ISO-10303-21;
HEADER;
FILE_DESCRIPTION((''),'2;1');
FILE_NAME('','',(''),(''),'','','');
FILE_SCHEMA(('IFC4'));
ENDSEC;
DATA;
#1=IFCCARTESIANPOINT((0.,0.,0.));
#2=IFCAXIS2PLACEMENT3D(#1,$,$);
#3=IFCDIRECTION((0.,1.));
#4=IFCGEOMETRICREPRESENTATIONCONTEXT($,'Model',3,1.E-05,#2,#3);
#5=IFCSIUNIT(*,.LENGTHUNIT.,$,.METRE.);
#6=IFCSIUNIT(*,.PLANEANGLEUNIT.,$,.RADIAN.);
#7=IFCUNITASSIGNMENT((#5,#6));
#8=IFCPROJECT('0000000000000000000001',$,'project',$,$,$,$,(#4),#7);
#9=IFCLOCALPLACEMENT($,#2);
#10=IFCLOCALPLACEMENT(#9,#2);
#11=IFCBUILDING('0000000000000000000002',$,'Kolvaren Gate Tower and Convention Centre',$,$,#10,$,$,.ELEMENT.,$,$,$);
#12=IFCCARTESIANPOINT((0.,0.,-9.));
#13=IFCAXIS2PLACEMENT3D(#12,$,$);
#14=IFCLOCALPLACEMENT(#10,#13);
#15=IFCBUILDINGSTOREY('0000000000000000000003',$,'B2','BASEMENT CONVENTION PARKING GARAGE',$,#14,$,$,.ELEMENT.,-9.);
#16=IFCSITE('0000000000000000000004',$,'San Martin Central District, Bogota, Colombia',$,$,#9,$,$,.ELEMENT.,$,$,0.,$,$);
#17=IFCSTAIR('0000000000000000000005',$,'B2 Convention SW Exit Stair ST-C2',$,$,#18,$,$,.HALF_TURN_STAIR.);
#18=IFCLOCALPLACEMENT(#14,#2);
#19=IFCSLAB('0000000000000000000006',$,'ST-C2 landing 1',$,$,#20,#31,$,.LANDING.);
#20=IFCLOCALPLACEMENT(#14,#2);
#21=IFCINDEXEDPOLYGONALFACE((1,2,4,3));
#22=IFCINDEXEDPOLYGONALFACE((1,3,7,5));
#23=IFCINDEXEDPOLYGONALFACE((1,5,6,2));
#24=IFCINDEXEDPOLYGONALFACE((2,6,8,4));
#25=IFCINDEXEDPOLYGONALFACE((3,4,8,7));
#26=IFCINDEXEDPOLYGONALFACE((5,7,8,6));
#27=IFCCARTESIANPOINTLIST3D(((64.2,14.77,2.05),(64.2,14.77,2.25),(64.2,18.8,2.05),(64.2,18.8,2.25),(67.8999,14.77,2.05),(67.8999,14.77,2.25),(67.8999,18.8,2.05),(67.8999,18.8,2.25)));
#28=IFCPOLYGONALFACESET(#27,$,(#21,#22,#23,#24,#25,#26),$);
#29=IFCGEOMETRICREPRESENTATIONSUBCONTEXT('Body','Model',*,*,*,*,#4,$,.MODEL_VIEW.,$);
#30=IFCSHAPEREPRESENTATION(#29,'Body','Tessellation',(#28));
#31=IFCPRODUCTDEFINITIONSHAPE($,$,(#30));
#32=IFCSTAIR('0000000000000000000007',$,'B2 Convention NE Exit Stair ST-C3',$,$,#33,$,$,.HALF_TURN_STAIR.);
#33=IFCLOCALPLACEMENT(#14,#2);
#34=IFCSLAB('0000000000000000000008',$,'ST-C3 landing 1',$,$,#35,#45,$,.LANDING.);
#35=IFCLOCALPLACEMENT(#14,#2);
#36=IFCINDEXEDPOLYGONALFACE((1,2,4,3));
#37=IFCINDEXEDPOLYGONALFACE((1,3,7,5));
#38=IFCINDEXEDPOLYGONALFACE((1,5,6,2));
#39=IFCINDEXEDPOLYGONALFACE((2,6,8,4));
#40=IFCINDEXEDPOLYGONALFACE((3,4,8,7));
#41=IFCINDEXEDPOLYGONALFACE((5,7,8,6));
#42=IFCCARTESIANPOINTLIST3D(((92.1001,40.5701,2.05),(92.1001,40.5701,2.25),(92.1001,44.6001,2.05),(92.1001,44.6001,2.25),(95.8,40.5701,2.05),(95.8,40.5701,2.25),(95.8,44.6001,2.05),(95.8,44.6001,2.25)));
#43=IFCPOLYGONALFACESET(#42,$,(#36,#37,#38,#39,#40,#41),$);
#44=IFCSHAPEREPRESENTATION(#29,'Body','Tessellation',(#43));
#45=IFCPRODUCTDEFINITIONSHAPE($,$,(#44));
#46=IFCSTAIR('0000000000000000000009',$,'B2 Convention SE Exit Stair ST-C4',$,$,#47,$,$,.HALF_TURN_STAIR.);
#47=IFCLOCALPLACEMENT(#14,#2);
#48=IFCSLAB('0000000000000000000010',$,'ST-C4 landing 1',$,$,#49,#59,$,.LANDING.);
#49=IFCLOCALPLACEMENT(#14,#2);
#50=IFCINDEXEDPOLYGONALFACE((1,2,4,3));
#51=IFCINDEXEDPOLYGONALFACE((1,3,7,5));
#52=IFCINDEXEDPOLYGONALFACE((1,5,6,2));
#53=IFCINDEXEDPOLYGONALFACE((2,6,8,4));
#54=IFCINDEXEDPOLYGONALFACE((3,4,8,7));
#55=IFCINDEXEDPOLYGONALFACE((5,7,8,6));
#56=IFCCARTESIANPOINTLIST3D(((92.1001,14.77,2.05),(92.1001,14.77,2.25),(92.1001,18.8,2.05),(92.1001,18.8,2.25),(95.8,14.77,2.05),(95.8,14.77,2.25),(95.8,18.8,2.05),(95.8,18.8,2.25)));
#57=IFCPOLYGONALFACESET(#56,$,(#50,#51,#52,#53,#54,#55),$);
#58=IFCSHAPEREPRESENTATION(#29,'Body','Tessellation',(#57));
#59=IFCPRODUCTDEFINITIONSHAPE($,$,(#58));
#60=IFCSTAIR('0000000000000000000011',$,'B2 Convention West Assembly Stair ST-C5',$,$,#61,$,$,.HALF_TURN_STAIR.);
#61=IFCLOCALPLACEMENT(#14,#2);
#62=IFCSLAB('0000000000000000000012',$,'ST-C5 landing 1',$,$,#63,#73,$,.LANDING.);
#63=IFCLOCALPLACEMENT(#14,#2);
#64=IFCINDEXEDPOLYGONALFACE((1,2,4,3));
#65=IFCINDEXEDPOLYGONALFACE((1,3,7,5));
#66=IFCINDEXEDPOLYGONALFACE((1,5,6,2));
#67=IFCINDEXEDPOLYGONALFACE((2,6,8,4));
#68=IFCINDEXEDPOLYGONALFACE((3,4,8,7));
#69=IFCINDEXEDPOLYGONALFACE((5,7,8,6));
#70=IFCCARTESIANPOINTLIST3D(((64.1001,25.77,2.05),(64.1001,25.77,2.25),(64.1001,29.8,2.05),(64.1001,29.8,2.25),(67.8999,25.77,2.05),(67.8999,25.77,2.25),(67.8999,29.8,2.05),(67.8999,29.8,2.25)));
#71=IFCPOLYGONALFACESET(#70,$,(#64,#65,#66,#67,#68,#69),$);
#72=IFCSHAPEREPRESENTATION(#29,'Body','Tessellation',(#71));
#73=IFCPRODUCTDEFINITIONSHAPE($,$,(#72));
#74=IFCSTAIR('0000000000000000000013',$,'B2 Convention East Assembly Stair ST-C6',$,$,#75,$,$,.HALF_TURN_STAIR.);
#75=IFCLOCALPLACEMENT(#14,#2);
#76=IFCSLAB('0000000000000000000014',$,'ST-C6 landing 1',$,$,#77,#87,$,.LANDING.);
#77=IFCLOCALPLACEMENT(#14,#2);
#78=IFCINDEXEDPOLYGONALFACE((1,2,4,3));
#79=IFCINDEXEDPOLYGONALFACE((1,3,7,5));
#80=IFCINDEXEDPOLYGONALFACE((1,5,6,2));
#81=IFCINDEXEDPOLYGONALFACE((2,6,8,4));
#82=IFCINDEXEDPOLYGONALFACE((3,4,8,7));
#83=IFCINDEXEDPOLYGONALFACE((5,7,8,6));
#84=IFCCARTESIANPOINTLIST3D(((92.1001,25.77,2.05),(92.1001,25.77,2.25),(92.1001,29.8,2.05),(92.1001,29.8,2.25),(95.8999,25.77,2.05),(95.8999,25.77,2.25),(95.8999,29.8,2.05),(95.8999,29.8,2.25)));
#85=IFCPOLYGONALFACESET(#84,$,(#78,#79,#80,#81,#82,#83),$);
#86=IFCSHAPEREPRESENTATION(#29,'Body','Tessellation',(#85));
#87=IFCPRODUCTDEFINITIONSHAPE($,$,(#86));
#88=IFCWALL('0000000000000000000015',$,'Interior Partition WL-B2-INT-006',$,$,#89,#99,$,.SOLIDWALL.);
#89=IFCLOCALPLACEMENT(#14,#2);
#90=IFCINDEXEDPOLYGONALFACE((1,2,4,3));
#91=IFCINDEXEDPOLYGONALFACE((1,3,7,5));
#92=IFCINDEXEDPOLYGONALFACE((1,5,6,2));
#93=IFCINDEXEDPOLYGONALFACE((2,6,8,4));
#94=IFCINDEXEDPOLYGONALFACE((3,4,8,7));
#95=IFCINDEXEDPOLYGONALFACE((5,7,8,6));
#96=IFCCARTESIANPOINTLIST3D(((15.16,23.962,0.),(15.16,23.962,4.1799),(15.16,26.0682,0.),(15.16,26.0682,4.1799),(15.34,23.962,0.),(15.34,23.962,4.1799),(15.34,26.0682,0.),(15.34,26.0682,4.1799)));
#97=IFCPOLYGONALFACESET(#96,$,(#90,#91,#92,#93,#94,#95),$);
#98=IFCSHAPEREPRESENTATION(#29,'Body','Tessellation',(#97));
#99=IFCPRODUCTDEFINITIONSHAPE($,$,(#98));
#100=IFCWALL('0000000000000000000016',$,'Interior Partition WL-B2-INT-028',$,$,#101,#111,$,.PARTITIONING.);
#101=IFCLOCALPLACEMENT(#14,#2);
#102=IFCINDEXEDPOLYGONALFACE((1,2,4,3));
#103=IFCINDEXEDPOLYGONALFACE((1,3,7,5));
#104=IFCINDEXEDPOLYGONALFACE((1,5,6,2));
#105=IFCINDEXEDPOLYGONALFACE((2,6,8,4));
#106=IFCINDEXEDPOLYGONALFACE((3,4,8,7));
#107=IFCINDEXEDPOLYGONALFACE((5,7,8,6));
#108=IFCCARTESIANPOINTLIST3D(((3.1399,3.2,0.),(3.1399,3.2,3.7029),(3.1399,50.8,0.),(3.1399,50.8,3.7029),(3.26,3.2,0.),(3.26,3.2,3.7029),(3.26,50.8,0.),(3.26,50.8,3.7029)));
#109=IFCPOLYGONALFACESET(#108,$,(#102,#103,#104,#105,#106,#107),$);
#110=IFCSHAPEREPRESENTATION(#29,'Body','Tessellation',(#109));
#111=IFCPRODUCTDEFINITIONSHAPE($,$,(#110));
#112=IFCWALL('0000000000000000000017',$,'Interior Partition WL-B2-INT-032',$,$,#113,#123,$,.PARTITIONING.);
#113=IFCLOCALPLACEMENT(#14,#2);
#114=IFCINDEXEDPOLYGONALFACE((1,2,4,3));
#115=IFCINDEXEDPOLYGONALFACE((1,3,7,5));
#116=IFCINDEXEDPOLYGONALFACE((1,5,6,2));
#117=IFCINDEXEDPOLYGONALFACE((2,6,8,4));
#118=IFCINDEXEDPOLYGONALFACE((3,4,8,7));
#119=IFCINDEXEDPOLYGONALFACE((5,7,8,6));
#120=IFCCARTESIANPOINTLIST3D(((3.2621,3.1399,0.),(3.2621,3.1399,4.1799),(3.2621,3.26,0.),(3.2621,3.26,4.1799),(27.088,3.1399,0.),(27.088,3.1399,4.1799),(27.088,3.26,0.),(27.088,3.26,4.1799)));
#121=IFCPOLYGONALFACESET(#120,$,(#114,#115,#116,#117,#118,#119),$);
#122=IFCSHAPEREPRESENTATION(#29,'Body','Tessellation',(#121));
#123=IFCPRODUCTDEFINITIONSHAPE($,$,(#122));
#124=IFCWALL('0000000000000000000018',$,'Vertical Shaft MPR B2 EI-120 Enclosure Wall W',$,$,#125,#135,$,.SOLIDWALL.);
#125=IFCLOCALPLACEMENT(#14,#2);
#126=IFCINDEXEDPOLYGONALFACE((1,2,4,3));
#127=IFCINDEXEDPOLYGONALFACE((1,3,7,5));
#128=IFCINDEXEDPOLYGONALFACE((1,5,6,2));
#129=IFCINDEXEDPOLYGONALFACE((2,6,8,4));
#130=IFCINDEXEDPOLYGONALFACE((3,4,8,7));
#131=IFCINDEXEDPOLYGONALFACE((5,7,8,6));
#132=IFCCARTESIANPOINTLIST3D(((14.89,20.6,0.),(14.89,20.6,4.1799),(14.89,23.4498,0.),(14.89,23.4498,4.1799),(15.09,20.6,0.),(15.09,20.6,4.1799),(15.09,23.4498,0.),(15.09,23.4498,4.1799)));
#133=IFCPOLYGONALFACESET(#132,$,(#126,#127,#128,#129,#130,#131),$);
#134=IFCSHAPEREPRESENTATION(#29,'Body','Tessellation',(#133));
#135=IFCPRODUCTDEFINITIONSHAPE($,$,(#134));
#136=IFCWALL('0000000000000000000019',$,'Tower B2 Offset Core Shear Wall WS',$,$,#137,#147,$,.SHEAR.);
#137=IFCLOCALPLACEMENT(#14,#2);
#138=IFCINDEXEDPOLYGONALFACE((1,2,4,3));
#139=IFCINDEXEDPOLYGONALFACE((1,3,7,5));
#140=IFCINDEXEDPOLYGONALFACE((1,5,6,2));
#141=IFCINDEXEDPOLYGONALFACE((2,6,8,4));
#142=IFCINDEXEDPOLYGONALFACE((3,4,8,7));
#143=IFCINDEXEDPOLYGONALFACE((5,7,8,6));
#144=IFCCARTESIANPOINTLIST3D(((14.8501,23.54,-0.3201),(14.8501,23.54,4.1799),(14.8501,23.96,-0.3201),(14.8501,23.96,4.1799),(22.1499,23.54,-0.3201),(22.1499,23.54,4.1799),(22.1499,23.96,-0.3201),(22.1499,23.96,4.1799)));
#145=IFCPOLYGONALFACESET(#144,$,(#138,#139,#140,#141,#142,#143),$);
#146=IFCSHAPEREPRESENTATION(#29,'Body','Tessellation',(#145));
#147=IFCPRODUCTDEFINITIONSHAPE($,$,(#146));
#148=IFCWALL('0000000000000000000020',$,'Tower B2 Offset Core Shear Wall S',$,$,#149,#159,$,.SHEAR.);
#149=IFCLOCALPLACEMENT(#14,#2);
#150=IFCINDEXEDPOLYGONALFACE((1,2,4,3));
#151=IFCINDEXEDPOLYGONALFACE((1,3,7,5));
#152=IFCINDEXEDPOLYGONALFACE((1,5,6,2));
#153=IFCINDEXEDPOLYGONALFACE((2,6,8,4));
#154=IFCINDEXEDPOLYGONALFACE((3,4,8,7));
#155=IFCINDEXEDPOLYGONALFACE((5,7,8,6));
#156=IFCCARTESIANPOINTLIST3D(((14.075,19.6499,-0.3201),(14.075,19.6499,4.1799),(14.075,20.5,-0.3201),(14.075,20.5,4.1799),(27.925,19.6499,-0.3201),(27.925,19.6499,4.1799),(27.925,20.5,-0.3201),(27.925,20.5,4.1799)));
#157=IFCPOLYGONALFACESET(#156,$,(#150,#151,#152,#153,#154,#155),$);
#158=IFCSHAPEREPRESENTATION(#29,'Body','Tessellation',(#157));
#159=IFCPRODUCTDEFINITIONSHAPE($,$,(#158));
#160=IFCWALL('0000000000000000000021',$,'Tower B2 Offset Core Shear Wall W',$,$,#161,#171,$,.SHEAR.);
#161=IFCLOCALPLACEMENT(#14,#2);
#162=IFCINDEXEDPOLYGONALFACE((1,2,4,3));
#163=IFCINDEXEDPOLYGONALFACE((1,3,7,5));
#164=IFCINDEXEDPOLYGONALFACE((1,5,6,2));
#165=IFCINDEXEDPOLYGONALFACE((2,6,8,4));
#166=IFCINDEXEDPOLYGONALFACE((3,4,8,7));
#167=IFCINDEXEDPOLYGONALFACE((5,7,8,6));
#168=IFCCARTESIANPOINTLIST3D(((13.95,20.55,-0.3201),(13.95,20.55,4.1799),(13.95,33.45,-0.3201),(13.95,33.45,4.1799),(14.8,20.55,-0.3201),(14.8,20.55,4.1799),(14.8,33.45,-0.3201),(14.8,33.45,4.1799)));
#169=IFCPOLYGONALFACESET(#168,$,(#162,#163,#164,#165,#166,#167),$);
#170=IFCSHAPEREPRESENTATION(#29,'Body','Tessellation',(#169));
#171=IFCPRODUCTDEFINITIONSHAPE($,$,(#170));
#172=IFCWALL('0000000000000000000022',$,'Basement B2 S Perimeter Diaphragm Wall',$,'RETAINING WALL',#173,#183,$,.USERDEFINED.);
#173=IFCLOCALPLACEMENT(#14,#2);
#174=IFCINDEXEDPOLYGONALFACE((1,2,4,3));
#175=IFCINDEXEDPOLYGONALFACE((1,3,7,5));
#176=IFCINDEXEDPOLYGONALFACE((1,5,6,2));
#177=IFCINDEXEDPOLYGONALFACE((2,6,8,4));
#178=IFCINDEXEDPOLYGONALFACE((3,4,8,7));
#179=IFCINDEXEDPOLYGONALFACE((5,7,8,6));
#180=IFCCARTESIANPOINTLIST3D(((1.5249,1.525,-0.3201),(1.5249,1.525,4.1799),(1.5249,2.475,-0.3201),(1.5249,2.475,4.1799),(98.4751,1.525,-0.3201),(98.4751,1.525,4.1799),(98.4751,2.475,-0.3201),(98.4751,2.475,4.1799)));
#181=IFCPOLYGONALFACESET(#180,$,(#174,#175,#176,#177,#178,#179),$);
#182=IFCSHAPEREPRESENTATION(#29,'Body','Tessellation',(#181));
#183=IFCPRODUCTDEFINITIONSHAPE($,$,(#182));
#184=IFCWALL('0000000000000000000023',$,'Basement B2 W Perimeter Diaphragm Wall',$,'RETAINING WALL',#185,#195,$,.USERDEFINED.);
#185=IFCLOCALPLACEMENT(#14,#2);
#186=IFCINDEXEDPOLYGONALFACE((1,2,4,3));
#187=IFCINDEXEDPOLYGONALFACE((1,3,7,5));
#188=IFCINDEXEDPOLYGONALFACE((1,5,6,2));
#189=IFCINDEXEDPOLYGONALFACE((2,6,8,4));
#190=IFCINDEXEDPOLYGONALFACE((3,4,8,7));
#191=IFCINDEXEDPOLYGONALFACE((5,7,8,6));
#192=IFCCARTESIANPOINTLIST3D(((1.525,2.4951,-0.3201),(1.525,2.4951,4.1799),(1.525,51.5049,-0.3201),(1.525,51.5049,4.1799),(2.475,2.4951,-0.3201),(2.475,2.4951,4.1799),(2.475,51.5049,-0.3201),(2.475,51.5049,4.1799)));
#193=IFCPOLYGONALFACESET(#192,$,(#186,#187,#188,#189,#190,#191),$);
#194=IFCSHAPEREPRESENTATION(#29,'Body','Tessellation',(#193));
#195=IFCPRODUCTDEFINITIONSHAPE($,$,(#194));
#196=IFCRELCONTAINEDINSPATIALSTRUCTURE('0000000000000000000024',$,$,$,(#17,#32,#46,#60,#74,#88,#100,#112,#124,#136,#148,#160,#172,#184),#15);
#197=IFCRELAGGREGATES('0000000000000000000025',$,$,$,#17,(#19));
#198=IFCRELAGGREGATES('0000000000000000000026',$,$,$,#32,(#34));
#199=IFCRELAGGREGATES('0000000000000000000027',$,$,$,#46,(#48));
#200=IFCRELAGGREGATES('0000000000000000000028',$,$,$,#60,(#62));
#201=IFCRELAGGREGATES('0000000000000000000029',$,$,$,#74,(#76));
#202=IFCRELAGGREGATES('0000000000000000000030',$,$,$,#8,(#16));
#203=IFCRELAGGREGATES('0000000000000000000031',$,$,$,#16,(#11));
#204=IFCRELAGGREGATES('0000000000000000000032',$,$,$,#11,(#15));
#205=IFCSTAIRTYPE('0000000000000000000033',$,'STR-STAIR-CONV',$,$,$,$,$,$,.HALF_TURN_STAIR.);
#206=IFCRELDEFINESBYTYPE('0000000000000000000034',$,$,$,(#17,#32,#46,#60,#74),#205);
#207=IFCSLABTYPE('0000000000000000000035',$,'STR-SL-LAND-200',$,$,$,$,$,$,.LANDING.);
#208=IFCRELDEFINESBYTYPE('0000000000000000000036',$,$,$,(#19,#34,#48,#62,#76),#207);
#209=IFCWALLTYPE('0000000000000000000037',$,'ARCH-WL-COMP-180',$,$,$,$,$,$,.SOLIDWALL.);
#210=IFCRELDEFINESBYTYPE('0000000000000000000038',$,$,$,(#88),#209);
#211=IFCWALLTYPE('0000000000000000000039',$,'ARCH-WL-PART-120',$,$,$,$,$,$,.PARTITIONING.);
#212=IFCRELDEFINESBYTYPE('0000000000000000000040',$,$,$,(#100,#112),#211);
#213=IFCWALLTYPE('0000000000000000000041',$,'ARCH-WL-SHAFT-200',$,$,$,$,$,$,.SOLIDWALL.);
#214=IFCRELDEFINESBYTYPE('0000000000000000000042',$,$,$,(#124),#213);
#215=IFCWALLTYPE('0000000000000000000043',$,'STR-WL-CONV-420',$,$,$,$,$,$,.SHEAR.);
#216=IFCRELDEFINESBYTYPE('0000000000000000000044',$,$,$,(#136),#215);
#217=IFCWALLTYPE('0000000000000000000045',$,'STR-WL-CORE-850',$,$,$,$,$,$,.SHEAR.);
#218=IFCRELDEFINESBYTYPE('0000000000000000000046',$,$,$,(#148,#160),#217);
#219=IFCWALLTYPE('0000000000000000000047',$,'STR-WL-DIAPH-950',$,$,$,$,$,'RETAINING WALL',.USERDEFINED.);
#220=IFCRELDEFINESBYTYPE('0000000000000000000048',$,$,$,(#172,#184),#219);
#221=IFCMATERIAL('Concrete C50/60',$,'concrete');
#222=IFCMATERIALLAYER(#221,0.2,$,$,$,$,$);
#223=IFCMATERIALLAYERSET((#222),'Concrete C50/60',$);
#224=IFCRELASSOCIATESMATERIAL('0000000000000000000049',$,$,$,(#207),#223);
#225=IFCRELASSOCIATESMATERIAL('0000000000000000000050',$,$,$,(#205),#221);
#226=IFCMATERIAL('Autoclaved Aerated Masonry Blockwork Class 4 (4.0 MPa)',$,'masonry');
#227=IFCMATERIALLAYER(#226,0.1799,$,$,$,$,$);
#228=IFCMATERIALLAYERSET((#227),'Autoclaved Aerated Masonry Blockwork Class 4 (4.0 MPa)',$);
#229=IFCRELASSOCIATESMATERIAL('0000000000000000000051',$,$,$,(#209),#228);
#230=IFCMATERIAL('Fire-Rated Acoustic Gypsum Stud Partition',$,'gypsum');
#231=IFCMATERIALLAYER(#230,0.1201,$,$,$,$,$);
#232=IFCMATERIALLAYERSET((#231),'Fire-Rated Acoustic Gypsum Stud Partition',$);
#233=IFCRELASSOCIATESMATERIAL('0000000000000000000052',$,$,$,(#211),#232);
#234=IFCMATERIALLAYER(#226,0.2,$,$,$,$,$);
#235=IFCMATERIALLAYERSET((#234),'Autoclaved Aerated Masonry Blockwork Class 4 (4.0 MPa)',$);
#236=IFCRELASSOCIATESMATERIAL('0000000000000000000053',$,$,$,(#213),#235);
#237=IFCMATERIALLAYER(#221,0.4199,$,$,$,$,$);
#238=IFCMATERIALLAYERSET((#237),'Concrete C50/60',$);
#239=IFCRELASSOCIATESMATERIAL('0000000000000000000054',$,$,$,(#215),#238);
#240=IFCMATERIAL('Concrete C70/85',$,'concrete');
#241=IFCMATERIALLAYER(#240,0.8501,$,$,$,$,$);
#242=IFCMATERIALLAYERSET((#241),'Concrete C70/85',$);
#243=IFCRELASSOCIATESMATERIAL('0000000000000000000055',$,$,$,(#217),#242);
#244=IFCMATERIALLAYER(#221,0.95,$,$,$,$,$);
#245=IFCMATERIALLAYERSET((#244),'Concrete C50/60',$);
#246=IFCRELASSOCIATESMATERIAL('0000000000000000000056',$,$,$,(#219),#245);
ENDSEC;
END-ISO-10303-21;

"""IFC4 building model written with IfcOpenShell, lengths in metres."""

from ifc_helpers import new_model, si_unit, direction, frame, frame_2d, origin, place, context, subcontext, project, spatial, polyline, rectangle, outline, extrude, material, layer, layer_set, type_object, element, aggregate, save


model = new_model("IFC4")

# Units and contexts
model_context = context("Model", 3, precision=1e-05, world=origin(), true_north=direction((0.0, 1.0)))
body_context = subcontext(model_context, "Body", "Model", "MODEL_VIEW")
ifc_project = project(units=[si_unit("LENGTHUNIT", "METRE"), si_unit("PLANEANGLEUNIT", "RADIAN")], contexts=[model_context])

# Site, building, storey
site_placement = place(None, origin())
site = spatial("IfcSite", under=ifc_project, at=site_placement, Name="San Martin Central District, Bogota, Colombia", CompositionType="ELEMENT", RefElevation=0.0)
building_placement = place(site_placement, origin())
building = spatial("IfcBuilding", under=site, at=building_placement, Name="Kolvaren Gate Tower and Convention Centre", CompositionType="ELEMENT")
storey_placement = place(building_placement, frame((0.0, 0.0, -9.0)))
storey = spatial("IfcBuildingStorey", under=building, at=storey_placement, Name="B2", Description="BASEMENT CONVENTION PARKING GARAGE", CompositionType="ELEMENT", Elevation=-9.0)

# Shared definitions
ifc_material_1 = material(Name="Concrete C70/85", Category="concrete")

# Shared definitions
ifc_material_2 = material(Name="Concrete C50/60", Category="concrete")

# Stairs, slabs
ifc_layer_1 = layer(ifc_material_2, 0.2)
ifc_layer_set_1 = layer_set([ifc_layer_1], Name="Concrete C50/60")
slab_type_1 = type_object("IfcSlabType", Name="STR-SL-LAND-200", PredefinedType="LANDING", material=ifc_layer_set_1)
stair_type_1 = type_object("IfcStairType", Name="STR-STAIR-CONV", PredefinedType="HALF_TURN_STAIR", material=ifc_material_2)
stair_1_placement = place(storey_placement, origin())
stair_1 = element("IfcStair", 1, at=stair_1_placement, inside=storey, type_object=stair_type_1, Name="B2 Convention SW Exit Stair ST-C2", PredefinedType="HALF_TURN_STAIR")
slab_1_placement = place(storey_placement, frame((0.0, 0.0, 2.05)))
slab_1 = element("IfcSlab", 2, at=slab_1_placement, type_object=slab_type_1, Name="ST-C2 landing 1", PredefinedType="LANDING", context=body_context, shape_type="SweptSolid", body=[
    extrude(outline(polyline([(67.8999, 14.77), (67.8999, 18.8), (64.2, 18.8), (64.2, 14.77), (67.8999, 14.77)])), origin(), (0.0, 0.0, 1.0), 0.2),
])
aggregate(stair_1, [slab_1])
stair_2_placement = place(storey_placement, origin())
stair_2 = element("IfcStair", 3, at=stair_2_placement, inside=storey, type_object=stair_type_1, Name="B2 Convention NE Exit Stair ST-C3", PredefinedType="HALF_TURN_STAIR")
slab_2_placement = place(storey_placement, frame((0.0, 0.0, 2.05)))
slab_2 = element("IfcSlab", 4, at=slab_2_placement, type_object=slab_type_1, Name="ST-C3 landing 1", PredefinedType="LANDING", context=body_context, shape_type="SweptSolid", body=[
    extrude(outline(polyline([(95.8, 40.5701), (95.8, 44.6001), (92.1001, 44.6001), (92.1001, 40.5701), (95.8, 40.5701)])), origin(), (0.0, 0.0, 1.0), 0.2),
])
aggregate(stair_2, [slab_2])
stair_3_placement = place(storey_placement, origin())
stair_3 = element("IfcStair", 5, at=stair_3_placement, inside=storey, type_object=stair_type_1, Name="B2 Convention SE Exit Stair ST-C4", PredefinedType="HALF_TURN_STAIR")
slab_3_placement = place(storey_placement, frame((0.0, 0.0, 2.05)))
slab_3 = element("IfcSlab", 6, at=slab_3_placement, type_object=slab_type_1, Name="ST-C4 landing 1", PredefinedType="LANDING", context=body_context, shape_type="SweptSolid", body=[
    extrude(outline(polyline([(95.8, 14.77), (95.8, 18.8), (92.1001, 18.8), (92.1001, 14.77), (95.8, 14.77)])), origin(), (0.0, 0.0, 1.0), 0.2),
])
aggregate(stair_3, [slab_3])
stair_4_placement = place(storey_placement, origin())
stair_4 = element("IfcStair", 7, at=stair_4_placement, inside=storey, type_object=stair_type_1, Name="B2 Convention West Assembly Stair ST-C5", PredefinedType="HALF_TURN_STAIR")
slab_4_placement = place(storey_placement, frame((0.0, 0.0, 2.05)))
slab_4 = element("IfcSlab", 8, at=slab_4_placement, type_object=slab_type_1, Name="ST-C5 landing 1", PredefinedType="LANDING", context=body_context, shape_type="SweptSolid", body=[
    extrude(outline(polyline([(67.8999, 25.77), (67.8999, 29.8), (64.1001, 29.8), (64.1001, 25.77), (67.8999, 25.77)])), origin(), (0.0, 0.0, 1.0), 0.2),
])
aggregate(stair_4, [slab_4])
stair_5_placement = place(storey_placement, origin())
stair_5 = element("IfcStair", 9, at=stair_5_placement, inside=storey, type_object=stair_type_1, Name="B2 Convention East Assembly Stair ST-C6", PredefinedType="HALF_TURN_STAIR")
slab_5_placement = place(storey_placement, frame((0.0, 0.0, 2.05)))
slab_5 = element("IfcSlab", 10, at=slab_5_placement, type_object=slab_type_1, Name="ST-C6 landing 1", PredefinedType="LANDING", context=body_context, shape_type="SweptSolid", body=[
    extrude(outline(polyline([(95.8999, 25.77), (95.8999, 29.8), (92.1001, 29.8), (92.1001, 25.77), (95.8999, 25.77)])), origin(), (0.0, 0.0, 1.0), 0.2),
])
aggregate(stair_5, [slab_5])

# Walls
ifc_material_3 = material(Name="Autoclaved Aerated Masonry Blockwork Class 4 (4.0 MPa)", Category="masonry")
ifc_layer_2 = layer(ifc_material_3, 0.1799)
ifc_layer_set_2 = layer_set([ifc_layer_2], Name="Autoclaved Aerated Masonry Blockwork Class 4 (4.0 MPa)")
wall_type_1 = type_object("IfcWallType", Name="ARCH-WL-COMP-180", PredefinedType="SOLIDWALL", material=ifc_layer_set_2)
wall_1_placement = place(storey_placement, frame((15.25, 23.9619, 0.0), z_axis=(0.0, 0.0, 1.0), x_axis=(0.0, 1.0, 0.0)))
element("IfcWall", 11, at=wall_1_placement, inside=storey, type_object=wall_type_1, Name="Interior Partition WL-B2-INT-006", PredefinedType="SOLIDWALL", context=body_context, shape_type="SweptSolid", body=[
    extrude(rectangle(XDim=2.1062, YDim=0.1799, at=frame_2d((1.0532, 0.0))), origin(), (0.0, 0.0, 1.0), 4.1799),
])
ifc_material_4 = material(Name="Fire-Rated Acoustic Gypsum Stud Partition", Category="gypsum")
ifc_layer_3 = layer(ifc_material_4, 0.1201)
ifc_layer_set_3 = layer_set([ifc_layer_3], Name="Fire-Rated Acoustic Gypsum Stud Partition")
wall_type_2 = type_object("IfcWallType", Name="ARCH-WL-PART-120", PredefinedType="PARTITIONING", material=ifc_layer_set_3)
wall_2_placement = place(storey_placement, frame((3.2, 3.2, 0.0), z_axis=(0.0, 0.0, 1.0), x_axis=(0.0, 1.0, 0.0)))
element("IfcWall", 12, at=wall_2_placement, inside=storey, type_object=wall_type_2, Name="Interior Partition WL-B2-INT-028", PredefinedType="PARTITIONING", context=body_context, shape_type="SweptSolid", body=[
    extrude(rectangle(XDim=47.6001, YDim=0.1201, at=frame_2d((23.8, 0.0))), origin(), (0.0, 0.0, 1.0), 3.7029),
])
wall_3_placement = place(storey_placement, frame((3.262, 3.2, 0.0), z_axis=(0.0, 0.0, 1.0), x_axis=(1.0, 0.0, 0.0)))
element("IfcWall", 13, at=wall_3_placement, inside=storey, type_object=wall_type_2, Name="Interior Partition WL-B2-INT-032", PredefinedType="PARTITIONING", context=body_context, shape_type="SweptSolid", body=[
    extrude(rectangle(XDim=23.8259, YDim=0.1201, at=frame_2d((11.9131, 0.0))), origin(), (0.0, 0.0, 1.0), 4.1799),
])
ifc_layer_4 = layer(ifc_material_3, 0.2)
ifc_layer_set_4 = layer_set([ifc_layer_4], Name="Autoclaved Aerated Masonry Blockwork Class 4 (4.0 MPa)")
wall_type_3 = type_object("IfcWallType", Name="ARCH-WL-SHAFT-200", PredefinedType="SOLIDWALL", material=ifc_layer_set_4)
wall_4_placement = place(storey_placement, frame((14.99, 20.6001, 0.0), z_axis=(0.0, 0.0, 1.0), x_axis=(0.0, 1.0, 0.0)))
element("IfcWall", 14, at=wall_4_placement, inside=storey, type_object=wall_type_3, Name="Vertical Shaft MPR B2 EI-120 Enclosure Wall W", PredefinedType="SOLIDWALL", context=body_context, shape_type="SweptSolid", body=[
    extrude(rectangle(XDim=2.8499, YDim=0.2, at=frame_2d((1.4248, 0.0))), origin(), (0.0, 0.0, 1.0), 4.1799),
])
ifc_layer_5 = layer(ifc_material_2, 0.4199)
ifc_layer_set_5 = layer_set([ifc_layer_5], Name="Concrete C50/60")
wall_type_4 = type_object("IfcWallType", Name="STR-WL-CONV-420", PredefinedType="SHEAR", material=ifc_layer_set_5)
wall_5_placement = place(storey_placement, frame((14.8501, 23.75, -0.3201), z_axis=(0.0, 0.0, 1.0), x_axis=(1.0, 0.0, 0.0)))
element("IfcWall", 15, at=wall_5_placement, inside=storey, type_object=wall_type_4, Name="Tower B2 Offset Core Shear Wall WS", PredefinedType="SHEAR", context=body_context, shape_type="SweptSolid", body=[
    extrude(rectangle(XDim=7.2998, YDim=0.4199, at=frame_2d((3.6499, 0.0))), origin(), (0.0, 0.0, 1.0), 4.5),
])
ifc_layer_6 = layer(ifc_material_1, 0.8501)
ifc_layer_set_6 = layer_set([ifc_layer_6], Name="Concrete C70/85")
wall_type_5 = type_object("IfcWallType", Name="STR-WL-CORE-850", PredefinedType="SHEAR", material=ifc_layer_set_6)
wall_6_placement = place(storey_placement, frame((14.075, 20.075, -0.3201), z_axis=(0.0, 0.0, 1.0), x_axis=(1.0, 0.0, 0.0)))
element("IfcWall", 16, at=wall_6_placement, inside=storey, type_object=wall_type_5, Name="Tower B2 Offset Core Shear Wall S", PredefinedType="SHEAR", context=body_context, shape_type="SweptSolid", body=[
    extrude(rectangle(XDim=13.8501, YDim=0.8501, at=frame_2d((6.925, 0.0))), origin(), (0.0, 0.0, 1.0), 4.5),
])
wall_7_placement = place(storey_placement, frame((14.375, 20.55, -0.3201), z_axis=(0.0, 0.0, 1.0), x_axis=(0.0, 1.0, 0.0)))
element("IfcWall", 17, at=wall_7_placement, inside=storey, type_object=wall_type_5, Name="Tower B2 Offset Core Shear Wall W", PredefinedType="SHEAR", context=body_context, shape_type="SweptSolid", body=[
    extrude(rectangle(XDim=12.8999, YDim=0.8501, at=frame_2d((6.45, 0.0))), origin(), (0.0, 0.0, 1.0), 4.5),
])
ifc_layer_7 = layer(ifc_material_2, 0.95)
ifc_layer_set_7 = layer_set([ifc_layer_7], Name="Concrete C50/60")
wall_type_6 = type_object("IfcWallType", Name="STR-WL-DIAPH-950", ElementType="RETAINING WALL", PredefinedType="USERDEFINED", material=ifc_layer_set_7)
wall_8_placement = place(storey_placement, frame((1.5249, 2.0, -0.3201), z_axis=(0.0, 0.0, 1.0), x_axis=(1.0, 0.0, 0.0)))
element("IfcWall", 18, at=wall_8_placement, inside=storey, type_object=wall_type_6, Name="Basement B2 S Perimeter Diaphragm Wall", ObjectType="RETAINING WALL", PredefinedType="USERDEFINED", context=body_context, shape_type="SweptSolid", body=[
    extrude(rectangle(XDim=96.9502, YDim=0.95, at=frame_2d((48.4751, 0.0))), origin(), (0.0, 0.0, 1.0), 4.5),
])
wall_9_placement = place(storey_placement, frame((2.0, 2.4951, -0.3201), z_axis=(0.0, 0.0, 1.0), x_axis=(0.0, 1.0, 0.0)))
element("IfcWall", 19, at=wall_9_placement, inside=storey, type_object=wall_type_6, Name="Basement B2 W Perimeter Diaphragm Wall", ObjectType="RETAINING WALL", PredefinedType="USERDEFINED", context=body_context, shape_type="SweptSolid", body=[
    extrude(rectangle(XDim=49.0098, YDim=0.95, at=frame_2d((24.5049, 0.0))), origin(), (0.0, 0.0, 1.0), 4.5),
])

save(model, "model.ifc")
